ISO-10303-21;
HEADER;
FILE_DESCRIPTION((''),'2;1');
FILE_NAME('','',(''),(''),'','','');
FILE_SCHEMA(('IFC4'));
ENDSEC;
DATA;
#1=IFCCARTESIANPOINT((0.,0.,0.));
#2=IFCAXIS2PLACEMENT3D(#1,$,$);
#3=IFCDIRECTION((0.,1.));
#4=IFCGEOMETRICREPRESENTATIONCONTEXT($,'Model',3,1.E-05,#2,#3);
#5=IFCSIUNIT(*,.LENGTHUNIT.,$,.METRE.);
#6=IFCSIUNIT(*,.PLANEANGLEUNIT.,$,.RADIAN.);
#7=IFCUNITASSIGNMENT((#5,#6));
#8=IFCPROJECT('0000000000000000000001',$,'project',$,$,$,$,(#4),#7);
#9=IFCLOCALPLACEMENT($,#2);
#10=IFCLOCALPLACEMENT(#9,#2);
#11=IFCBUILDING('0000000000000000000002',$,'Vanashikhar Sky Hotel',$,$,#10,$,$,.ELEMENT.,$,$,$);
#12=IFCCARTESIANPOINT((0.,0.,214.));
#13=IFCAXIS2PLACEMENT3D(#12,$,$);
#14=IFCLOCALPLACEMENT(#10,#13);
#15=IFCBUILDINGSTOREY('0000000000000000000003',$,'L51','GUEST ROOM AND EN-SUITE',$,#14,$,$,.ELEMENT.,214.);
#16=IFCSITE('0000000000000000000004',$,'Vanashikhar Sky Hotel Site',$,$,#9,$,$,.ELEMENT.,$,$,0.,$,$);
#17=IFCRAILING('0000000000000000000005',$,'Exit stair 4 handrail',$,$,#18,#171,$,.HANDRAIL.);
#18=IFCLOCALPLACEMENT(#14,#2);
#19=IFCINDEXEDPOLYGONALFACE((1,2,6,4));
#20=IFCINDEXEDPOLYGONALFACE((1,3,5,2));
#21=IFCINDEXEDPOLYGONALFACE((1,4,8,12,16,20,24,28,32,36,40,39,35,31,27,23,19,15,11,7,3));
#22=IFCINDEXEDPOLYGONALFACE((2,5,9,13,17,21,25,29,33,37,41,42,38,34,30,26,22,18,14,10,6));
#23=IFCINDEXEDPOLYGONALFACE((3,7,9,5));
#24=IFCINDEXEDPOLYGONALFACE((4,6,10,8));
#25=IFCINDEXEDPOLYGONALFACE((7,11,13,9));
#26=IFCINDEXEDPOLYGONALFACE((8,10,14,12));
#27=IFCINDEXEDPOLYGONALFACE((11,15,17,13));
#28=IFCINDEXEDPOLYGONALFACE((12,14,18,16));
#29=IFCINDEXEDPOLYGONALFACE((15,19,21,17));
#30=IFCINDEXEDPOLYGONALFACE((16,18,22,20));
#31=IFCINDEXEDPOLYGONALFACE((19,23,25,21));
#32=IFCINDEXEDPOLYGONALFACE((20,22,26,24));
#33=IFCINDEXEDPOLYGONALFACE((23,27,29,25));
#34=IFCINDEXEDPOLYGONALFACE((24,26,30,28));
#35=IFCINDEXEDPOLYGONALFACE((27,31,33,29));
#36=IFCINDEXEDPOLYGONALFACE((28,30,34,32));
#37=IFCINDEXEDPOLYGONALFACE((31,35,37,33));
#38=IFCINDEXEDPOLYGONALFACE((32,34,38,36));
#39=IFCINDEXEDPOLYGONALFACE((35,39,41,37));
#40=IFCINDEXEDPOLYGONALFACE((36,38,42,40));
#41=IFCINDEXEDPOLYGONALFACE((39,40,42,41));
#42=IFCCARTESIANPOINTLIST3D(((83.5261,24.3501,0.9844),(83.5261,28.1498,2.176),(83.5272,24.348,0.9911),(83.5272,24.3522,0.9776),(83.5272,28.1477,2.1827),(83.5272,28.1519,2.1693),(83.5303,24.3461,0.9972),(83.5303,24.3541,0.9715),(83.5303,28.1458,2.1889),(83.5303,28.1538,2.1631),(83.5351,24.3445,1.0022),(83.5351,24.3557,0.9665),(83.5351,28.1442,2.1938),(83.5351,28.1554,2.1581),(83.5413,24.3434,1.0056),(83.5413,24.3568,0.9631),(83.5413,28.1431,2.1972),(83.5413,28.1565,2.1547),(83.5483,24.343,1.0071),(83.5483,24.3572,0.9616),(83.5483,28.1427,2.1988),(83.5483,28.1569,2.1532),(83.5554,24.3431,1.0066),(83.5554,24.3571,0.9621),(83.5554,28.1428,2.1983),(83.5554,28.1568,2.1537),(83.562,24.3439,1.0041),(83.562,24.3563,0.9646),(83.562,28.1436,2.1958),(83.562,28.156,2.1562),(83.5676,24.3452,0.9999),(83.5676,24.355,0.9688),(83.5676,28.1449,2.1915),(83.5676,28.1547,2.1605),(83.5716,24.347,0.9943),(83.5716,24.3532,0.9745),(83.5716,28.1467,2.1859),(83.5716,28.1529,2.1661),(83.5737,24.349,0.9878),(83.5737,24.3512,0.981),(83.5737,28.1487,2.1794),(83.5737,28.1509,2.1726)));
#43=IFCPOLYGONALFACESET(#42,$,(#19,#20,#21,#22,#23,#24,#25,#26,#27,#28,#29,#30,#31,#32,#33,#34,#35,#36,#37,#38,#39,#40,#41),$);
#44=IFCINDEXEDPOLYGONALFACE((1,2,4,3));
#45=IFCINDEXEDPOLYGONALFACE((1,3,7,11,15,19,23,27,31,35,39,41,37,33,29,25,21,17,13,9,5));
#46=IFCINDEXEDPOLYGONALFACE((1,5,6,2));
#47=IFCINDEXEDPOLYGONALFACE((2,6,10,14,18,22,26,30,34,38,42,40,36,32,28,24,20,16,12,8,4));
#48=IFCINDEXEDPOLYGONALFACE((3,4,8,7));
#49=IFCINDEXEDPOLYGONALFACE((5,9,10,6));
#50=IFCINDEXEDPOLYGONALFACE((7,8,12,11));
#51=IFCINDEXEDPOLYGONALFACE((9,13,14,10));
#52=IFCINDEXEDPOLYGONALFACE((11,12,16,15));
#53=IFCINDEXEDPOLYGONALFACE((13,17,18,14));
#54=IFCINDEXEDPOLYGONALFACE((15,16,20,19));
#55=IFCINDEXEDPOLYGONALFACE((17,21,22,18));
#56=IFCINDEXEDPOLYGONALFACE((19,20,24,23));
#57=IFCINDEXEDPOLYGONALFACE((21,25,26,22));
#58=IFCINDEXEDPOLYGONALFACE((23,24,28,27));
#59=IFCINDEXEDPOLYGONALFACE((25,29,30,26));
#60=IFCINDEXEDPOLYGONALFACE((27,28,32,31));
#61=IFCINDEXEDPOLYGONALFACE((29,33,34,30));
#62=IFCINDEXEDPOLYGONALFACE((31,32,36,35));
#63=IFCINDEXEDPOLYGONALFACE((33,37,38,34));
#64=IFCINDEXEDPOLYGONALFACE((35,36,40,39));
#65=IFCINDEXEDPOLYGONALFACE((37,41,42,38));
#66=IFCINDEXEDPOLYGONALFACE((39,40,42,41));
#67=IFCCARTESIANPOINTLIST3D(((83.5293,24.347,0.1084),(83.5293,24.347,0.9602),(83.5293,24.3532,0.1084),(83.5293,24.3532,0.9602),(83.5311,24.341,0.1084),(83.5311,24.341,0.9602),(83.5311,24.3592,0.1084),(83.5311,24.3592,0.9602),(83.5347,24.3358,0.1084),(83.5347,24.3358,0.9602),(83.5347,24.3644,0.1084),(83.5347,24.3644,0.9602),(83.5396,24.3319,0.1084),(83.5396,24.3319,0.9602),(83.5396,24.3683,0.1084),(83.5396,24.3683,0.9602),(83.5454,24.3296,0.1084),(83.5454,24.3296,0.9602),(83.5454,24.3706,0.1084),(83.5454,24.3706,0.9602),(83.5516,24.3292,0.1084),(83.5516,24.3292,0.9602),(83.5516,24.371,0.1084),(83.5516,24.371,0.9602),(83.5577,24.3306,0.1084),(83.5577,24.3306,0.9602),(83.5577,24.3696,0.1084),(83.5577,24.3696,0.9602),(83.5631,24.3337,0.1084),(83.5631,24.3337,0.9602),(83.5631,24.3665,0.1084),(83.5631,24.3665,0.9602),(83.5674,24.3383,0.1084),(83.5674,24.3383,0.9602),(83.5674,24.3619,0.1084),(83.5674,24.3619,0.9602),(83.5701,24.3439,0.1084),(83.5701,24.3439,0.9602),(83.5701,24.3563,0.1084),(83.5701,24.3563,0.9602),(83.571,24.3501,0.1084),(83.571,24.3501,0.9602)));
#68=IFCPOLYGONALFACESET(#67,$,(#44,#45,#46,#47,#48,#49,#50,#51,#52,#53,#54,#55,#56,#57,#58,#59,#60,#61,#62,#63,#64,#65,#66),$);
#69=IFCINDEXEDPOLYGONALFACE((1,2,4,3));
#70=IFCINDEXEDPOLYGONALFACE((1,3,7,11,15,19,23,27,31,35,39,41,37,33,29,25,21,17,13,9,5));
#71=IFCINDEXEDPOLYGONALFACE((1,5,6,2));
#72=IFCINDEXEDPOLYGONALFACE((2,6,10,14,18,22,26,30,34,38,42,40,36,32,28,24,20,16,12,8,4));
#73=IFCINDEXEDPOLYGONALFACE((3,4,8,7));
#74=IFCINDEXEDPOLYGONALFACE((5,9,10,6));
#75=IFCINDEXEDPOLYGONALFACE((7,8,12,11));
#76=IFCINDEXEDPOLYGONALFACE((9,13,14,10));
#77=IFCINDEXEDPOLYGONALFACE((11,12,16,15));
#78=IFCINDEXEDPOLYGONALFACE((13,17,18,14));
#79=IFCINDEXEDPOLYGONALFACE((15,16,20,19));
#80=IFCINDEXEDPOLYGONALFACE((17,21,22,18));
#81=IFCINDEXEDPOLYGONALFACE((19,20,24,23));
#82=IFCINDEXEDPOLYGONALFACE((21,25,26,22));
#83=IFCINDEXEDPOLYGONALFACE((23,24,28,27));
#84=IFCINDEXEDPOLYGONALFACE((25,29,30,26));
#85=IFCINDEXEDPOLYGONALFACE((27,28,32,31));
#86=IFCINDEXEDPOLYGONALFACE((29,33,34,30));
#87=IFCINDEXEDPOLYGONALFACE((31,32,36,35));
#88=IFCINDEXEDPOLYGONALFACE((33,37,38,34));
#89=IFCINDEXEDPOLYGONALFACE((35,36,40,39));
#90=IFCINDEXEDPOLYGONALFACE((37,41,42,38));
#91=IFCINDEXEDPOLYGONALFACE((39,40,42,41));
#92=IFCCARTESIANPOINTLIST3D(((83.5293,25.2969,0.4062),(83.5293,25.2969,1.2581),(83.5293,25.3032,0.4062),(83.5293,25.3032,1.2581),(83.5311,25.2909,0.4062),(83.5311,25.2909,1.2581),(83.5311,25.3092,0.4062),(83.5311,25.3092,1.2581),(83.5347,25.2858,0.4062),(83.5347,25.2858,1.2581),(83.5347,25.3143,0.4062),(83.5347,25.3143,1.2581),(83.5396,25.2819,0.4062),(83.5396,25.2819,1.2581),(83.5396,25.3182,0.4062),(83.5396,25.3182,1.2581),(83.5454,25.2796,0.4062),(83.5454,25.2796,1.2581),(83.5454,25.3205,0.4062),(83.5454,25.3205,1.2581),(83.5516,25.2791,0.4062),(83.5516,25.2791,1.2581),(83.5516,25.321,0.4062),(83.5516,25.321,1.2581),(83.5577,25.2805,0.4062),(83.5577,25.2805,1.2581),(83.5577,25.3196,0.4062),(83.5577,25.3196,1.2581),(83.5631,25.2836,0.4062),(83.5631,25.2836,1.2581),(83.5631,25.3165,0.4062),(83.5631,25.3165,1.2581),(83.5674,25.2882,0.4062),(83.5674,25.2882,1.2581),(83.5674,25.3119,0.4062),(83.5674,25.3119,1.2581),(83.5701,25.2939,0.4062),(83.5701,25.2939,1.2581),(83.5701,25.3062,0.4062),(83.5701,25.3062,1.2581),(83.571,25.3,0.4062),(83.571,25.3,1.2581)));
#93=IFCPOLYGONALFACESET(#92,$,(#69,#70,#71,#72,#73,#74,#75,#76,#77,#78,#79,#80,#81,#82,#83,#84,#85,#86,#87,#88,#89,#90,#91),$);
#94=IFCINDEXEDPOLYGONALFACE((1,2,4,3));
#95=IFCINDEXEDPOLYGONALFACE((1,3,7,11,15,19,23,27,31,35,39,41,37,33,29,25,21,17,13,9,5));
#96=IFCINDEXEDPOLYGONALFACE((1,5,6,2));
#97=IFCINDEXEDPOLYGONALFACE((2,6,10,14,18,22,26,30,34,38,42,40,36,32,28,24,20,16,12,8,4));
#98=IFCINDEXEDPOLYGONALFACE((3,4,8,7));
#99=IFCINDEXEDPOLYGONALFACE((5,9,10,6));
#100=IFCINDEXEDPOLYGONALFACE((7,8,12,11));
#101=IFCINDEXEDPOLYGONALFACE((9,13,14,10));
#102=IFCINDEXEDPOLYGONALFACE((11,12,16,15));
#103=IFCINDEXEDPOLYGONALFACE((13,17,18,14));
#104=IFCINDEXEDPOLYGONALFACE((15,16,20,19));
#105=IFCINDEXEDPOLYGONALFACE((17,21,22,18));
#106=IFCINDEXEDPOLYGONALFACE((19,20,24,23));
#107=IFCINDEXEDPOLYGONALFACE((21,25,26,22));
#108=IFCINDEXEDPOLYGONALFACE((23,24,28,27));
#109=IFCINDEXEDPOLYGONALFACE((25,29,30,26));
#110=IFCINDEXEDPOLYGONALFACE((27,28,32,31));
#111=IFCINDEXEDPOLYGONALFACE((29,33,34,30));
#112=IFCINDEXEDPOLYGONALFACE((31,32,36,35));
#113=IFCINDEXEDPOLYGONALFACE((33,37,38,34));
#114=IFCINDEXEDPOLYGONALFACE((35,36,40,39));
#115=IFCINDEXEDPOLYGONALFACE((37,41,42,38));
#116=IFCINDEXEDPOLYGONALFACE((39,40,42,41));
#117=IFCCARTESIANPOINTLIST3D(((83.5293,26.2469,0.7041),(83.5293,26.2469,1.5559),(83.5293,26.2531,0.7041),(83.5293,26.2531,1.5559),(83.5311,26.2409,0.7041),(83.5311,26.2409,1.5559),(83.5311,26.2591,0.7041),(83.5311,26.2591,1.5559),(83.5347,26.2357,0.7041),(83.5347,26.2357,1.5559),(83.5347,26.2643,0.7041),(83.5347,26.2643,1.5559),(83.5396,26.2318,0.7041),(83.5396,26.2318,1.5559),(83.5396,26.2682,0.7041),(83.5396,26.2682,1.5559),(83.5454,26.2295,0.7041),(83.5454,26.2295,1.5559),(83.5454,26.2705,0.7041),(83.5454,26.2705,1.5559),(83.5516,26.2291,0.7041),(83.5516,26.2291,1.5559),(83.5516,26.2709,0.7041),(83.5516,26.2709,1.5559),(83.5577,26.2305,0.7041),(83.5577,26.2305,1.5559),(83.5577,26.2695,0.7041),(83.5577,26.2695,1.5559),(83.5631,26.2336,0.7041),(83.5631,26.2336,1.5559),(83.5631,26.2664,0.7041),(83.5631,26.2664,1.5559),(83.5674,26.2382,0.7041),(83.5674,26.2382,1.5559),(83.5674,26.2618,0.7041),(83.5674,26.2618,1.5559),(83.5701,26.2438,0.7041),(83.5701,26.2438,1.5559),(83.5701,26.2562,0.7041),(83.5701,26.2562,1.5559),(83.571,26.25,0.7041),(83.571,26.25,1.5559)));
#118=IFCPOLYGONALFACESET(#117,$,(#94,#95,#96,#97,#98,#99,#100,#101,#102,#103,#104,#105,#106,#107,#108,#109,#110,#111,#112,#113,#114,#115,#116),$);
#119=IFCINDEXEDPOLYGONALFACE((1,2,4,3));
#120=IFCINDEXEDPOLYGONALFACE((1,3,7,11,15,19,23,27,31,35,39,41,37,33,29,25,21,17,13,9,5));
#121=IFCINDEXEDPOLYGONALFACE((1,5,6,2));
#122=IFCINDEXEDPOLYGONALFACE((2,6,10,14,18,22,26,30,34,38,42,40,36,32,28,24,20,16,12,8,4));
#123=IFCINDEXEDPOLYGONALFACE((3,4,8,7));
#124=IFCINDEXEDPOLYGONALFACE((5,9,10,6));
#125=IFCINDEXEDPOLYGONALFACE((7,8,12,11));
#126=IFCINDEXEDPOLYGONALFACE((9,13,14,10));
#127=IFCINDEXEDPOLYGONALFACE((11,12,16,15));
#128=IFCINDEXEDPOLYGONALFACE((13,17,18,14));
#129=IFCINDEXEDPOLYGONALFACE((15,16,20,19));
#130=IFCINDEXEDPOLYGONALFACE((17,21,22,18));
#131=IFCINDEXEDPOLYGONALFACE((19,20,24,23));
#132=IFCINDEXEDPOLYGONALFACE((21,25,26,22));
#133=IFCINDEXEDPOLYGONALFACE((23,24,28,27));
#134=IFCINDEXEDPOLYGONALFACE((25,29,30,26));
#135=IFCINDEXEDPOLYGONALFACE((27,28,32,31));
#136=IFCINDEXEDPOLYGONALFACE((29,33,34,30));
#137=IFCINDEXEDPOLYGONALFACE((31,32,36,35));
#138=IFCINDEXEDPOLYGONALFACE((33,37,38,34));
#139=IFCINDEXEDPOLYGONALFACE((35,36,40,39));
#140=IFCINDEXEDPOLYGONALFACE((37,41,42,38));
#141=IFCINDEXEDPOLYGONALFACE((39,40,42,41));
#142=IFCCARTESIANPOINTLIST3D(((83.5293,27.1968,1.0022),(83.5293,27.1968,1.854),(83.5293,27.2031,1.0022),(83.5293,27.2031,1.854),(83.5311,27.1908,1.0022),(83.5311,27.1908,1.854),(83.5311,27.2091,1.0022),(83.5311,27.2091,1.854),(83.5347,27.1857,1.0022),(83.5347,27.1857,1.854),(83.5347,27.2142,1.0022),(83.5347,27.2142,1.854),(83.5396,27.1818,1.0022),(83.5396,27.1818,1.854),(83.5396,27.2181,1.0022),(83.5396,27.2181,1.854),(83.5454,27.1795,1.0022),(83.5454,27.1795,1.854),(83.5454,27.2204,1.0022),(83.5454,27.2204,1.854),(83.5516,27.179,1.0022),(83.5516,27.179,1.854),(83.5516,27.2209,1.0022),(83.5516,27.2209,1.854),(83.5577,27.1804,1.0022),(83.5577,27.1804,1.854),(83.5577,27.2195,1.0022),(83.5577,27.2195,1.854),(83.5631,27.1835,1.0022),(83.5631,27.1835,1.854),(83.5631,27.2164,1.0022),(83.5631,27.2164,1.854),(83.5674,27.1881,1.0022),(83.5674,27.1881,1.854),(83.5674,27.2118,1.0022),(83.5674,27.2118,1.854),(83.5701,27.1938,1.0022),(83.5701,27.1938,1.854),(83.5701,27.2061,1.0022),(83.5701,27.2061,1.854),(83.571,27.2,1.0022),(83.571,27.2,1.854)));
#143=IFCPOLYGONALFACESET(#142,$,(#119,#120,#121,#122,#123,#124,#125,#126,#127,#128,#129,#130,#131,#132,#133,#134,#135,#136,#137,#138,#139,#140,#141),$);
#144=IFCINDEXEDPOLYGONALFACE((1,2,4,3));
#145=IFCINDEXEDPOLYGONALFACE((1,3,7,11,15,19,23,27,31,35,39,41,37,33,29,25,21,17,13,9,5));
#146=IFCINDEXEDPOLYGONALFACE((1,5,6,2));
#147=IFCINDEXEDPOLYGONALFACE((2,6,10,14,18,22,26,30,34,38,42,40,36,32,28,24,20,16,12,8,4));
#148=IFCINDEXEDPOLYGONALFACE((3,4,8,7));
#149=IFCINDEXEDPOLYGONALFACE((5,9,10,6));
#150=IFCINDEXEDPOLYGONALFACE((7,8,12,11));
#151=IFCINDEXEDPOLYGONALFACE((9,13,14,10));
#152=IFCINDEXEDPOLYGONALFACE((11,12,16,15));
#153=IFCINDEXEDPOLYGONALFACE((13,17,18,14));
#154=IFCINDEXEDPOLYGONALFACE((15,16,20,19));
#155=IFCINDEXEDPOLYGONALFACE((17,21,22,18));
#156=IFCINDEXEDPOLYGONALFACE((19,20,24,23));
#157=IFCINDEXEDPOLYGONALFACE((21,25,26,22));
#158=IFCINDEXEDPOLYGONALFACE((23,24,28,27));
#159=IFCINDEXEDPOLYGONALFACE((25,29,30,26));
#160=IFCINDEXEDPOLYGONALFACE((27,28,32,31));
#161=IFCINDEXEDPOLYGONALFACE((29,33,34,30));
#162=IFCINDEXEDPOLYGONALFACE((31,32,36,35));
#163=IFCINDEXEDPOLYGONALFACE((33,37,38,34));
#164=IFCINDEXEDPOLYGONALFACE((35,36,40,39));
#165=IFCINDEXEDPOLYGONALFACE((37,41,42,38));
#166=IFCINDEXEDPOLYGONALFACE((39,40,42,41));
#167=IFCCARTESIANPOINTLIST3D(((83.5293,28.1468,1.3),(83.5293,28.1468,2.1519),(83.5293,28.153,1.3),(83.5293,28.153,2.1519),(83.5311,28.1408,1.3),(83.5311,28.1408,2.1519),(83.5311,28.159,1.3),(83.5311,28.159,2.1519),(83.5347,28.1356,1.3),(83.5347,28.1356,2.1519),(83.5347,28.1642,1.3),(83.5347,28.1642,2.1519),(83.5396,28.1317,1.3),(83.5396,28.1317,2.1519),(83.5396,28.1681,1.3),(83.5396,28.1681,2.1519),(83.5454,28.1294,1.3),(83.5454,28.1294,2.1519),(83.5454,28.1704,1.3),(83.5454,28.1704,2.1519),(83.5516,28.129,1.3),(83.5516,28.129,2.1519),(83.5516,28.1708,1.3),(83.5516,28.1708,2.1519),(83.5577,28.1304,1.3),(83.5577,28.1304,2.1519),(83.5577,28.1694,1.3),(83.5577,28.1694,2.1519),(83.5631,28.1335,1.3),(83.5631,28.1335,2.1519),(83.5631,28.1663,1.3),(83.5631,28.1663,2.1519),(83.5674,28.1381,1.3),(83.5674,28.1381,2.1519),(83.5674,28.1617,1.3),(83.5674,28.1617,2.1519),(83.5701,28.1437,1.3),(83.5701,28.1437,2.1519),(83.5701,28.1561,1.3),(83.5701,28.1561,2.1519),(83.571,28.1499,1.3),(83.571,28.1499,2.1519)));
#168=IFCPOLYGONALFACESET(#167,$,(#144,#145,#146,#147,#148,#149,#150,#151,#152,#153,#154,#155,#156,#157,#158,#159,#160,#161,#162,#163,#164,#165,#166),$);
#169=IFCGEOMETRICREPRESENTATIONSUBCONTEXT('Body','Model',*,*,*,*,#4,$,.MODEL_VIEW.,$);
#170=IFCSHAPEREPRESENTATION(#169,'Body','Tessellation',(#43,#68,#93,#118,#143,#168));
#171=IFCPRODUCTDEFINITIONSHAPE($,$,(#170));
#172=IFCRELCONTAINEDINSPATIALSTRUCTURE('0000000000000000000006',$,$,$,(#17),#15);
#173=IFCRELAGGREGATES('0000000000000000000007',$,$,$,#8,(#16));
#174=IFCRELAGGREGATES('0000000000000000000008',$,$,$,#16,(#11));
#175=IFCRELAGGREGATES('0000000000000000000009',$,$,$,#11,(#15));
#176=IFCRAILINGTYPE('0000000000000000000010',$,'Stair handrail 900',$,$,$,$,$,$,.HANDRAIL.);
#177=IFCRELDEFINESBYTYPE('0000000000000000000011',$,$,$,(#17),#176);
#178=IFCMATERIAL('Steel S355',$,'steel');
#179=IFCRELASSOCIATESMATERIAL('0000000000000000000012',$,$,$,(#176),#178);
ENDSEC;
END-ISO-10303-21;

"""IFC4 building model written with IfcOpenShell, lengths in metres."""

from ifc_helpers import new_model, si_unit, direction, frame, origin, origin_2d, place, context, subcontext, project, spatial, circle, extrude, source, transform, mapped, material, type_object, element, save


model = new_model("IFC4")

# Units and contexts
model_context = context("Model", 3, precision=1e-05, world=origin(), true_north=direction((0.0, 1.0)))
body_context = subcontext(model_context, "Body", "Model", "MODEL_VIEW")
ifc_project = project(units=[si_unit("LENGTHUNIT", "METRE"), si_unit("PLANEANGLEUNIT", "RADIAN")], contexts=[model_context])

# Site, building, storey
site_placement = place(None, origin())
site = spatial("IfcSite", under=ifc_project, at=site_placement, Name="Vanashikhar Sky Hotel Site", CompositionType="ELEMENT", RefElevation=0.0)
building_placement = place(site_placement, origin())
building = spatial("IfcBuilding", under=site, at=building_placement, Name="Vanashikhar Sky Hotel", CompositionType="ELEMENT")
storey_placement = place(building_placement, frame((0.0, 0.0, 214.0)))
storey = spatial("IfcBuildingStorey", under=building, at=storey_placement, Name="L51", Description="GUEST ROOM AND EN-SUITE", CompositionType="ELEMENT", Elevation=214.0)

# Railing
ifc_material_1 = material(Name="Steel S355", Category="steel")
railing_type_1 = type_object("IfcRailingType", Name="Stair handrail 900", PredefinedType="HANDRAIL", material=ifc_material_1)
shared_shape_1 = source(origin(), body_context, "Body", "SweptSolid", [
    extrude(circle(Radius=0.0239, at=origin_2d()), frame((0.0, 0.0, 0.876), z_axis=(0.0, 0.954178, 0.299238), x_axis=(-1.0, 0.0, 0.0)), (0.0, 0.0, 1.0), 3.9822),
    extrude(circle(Radius=0.021, at=origin_2d()), origin(), (0.0, 0.0, 1.0), 0.8518),
    extrude(circle(Radius=0.021, at=origin_2d()), frame((0.0, 0.95, 0.2979)), (0.0, 0.0, 1.0), 0.8518),
    extrude(circle(Radius=0.021, at=origin_2d()), frame((0.0, 1.8999, 0.5957)), (0.0, 0.0, 1.0), 0.8518),
    extrude(circle(Radius=0.021, at=origin_2d()), frame((0.0, 2.8499, 0.8938)), (0.0, 0.0, 1.0), 0.8518),
    extrude(circle(Radius=0.021, at=origin_2d()), frame((0.0, 3.7998, 1.1917)), (0.0, 0.0, 1.0), 0.8518),
])
for number, where, name in (
    (1, (83.55, 24.3501, 0.1084), "Exit stair 4 handrail"),
):
    element("IfcRailing", number, at=place(storey_placement, frame(where)), inside=storey, type_object=railing_type_1, Name=name, PredefinedType="HANDRAIL", context=body_context, shape_type="MappedRepresentation", body=[
        mapped(shared_shape_1, transform((0.0, 0.0, 0.0), scale=1.0)),
    ])

save(model, "model.ifc")
